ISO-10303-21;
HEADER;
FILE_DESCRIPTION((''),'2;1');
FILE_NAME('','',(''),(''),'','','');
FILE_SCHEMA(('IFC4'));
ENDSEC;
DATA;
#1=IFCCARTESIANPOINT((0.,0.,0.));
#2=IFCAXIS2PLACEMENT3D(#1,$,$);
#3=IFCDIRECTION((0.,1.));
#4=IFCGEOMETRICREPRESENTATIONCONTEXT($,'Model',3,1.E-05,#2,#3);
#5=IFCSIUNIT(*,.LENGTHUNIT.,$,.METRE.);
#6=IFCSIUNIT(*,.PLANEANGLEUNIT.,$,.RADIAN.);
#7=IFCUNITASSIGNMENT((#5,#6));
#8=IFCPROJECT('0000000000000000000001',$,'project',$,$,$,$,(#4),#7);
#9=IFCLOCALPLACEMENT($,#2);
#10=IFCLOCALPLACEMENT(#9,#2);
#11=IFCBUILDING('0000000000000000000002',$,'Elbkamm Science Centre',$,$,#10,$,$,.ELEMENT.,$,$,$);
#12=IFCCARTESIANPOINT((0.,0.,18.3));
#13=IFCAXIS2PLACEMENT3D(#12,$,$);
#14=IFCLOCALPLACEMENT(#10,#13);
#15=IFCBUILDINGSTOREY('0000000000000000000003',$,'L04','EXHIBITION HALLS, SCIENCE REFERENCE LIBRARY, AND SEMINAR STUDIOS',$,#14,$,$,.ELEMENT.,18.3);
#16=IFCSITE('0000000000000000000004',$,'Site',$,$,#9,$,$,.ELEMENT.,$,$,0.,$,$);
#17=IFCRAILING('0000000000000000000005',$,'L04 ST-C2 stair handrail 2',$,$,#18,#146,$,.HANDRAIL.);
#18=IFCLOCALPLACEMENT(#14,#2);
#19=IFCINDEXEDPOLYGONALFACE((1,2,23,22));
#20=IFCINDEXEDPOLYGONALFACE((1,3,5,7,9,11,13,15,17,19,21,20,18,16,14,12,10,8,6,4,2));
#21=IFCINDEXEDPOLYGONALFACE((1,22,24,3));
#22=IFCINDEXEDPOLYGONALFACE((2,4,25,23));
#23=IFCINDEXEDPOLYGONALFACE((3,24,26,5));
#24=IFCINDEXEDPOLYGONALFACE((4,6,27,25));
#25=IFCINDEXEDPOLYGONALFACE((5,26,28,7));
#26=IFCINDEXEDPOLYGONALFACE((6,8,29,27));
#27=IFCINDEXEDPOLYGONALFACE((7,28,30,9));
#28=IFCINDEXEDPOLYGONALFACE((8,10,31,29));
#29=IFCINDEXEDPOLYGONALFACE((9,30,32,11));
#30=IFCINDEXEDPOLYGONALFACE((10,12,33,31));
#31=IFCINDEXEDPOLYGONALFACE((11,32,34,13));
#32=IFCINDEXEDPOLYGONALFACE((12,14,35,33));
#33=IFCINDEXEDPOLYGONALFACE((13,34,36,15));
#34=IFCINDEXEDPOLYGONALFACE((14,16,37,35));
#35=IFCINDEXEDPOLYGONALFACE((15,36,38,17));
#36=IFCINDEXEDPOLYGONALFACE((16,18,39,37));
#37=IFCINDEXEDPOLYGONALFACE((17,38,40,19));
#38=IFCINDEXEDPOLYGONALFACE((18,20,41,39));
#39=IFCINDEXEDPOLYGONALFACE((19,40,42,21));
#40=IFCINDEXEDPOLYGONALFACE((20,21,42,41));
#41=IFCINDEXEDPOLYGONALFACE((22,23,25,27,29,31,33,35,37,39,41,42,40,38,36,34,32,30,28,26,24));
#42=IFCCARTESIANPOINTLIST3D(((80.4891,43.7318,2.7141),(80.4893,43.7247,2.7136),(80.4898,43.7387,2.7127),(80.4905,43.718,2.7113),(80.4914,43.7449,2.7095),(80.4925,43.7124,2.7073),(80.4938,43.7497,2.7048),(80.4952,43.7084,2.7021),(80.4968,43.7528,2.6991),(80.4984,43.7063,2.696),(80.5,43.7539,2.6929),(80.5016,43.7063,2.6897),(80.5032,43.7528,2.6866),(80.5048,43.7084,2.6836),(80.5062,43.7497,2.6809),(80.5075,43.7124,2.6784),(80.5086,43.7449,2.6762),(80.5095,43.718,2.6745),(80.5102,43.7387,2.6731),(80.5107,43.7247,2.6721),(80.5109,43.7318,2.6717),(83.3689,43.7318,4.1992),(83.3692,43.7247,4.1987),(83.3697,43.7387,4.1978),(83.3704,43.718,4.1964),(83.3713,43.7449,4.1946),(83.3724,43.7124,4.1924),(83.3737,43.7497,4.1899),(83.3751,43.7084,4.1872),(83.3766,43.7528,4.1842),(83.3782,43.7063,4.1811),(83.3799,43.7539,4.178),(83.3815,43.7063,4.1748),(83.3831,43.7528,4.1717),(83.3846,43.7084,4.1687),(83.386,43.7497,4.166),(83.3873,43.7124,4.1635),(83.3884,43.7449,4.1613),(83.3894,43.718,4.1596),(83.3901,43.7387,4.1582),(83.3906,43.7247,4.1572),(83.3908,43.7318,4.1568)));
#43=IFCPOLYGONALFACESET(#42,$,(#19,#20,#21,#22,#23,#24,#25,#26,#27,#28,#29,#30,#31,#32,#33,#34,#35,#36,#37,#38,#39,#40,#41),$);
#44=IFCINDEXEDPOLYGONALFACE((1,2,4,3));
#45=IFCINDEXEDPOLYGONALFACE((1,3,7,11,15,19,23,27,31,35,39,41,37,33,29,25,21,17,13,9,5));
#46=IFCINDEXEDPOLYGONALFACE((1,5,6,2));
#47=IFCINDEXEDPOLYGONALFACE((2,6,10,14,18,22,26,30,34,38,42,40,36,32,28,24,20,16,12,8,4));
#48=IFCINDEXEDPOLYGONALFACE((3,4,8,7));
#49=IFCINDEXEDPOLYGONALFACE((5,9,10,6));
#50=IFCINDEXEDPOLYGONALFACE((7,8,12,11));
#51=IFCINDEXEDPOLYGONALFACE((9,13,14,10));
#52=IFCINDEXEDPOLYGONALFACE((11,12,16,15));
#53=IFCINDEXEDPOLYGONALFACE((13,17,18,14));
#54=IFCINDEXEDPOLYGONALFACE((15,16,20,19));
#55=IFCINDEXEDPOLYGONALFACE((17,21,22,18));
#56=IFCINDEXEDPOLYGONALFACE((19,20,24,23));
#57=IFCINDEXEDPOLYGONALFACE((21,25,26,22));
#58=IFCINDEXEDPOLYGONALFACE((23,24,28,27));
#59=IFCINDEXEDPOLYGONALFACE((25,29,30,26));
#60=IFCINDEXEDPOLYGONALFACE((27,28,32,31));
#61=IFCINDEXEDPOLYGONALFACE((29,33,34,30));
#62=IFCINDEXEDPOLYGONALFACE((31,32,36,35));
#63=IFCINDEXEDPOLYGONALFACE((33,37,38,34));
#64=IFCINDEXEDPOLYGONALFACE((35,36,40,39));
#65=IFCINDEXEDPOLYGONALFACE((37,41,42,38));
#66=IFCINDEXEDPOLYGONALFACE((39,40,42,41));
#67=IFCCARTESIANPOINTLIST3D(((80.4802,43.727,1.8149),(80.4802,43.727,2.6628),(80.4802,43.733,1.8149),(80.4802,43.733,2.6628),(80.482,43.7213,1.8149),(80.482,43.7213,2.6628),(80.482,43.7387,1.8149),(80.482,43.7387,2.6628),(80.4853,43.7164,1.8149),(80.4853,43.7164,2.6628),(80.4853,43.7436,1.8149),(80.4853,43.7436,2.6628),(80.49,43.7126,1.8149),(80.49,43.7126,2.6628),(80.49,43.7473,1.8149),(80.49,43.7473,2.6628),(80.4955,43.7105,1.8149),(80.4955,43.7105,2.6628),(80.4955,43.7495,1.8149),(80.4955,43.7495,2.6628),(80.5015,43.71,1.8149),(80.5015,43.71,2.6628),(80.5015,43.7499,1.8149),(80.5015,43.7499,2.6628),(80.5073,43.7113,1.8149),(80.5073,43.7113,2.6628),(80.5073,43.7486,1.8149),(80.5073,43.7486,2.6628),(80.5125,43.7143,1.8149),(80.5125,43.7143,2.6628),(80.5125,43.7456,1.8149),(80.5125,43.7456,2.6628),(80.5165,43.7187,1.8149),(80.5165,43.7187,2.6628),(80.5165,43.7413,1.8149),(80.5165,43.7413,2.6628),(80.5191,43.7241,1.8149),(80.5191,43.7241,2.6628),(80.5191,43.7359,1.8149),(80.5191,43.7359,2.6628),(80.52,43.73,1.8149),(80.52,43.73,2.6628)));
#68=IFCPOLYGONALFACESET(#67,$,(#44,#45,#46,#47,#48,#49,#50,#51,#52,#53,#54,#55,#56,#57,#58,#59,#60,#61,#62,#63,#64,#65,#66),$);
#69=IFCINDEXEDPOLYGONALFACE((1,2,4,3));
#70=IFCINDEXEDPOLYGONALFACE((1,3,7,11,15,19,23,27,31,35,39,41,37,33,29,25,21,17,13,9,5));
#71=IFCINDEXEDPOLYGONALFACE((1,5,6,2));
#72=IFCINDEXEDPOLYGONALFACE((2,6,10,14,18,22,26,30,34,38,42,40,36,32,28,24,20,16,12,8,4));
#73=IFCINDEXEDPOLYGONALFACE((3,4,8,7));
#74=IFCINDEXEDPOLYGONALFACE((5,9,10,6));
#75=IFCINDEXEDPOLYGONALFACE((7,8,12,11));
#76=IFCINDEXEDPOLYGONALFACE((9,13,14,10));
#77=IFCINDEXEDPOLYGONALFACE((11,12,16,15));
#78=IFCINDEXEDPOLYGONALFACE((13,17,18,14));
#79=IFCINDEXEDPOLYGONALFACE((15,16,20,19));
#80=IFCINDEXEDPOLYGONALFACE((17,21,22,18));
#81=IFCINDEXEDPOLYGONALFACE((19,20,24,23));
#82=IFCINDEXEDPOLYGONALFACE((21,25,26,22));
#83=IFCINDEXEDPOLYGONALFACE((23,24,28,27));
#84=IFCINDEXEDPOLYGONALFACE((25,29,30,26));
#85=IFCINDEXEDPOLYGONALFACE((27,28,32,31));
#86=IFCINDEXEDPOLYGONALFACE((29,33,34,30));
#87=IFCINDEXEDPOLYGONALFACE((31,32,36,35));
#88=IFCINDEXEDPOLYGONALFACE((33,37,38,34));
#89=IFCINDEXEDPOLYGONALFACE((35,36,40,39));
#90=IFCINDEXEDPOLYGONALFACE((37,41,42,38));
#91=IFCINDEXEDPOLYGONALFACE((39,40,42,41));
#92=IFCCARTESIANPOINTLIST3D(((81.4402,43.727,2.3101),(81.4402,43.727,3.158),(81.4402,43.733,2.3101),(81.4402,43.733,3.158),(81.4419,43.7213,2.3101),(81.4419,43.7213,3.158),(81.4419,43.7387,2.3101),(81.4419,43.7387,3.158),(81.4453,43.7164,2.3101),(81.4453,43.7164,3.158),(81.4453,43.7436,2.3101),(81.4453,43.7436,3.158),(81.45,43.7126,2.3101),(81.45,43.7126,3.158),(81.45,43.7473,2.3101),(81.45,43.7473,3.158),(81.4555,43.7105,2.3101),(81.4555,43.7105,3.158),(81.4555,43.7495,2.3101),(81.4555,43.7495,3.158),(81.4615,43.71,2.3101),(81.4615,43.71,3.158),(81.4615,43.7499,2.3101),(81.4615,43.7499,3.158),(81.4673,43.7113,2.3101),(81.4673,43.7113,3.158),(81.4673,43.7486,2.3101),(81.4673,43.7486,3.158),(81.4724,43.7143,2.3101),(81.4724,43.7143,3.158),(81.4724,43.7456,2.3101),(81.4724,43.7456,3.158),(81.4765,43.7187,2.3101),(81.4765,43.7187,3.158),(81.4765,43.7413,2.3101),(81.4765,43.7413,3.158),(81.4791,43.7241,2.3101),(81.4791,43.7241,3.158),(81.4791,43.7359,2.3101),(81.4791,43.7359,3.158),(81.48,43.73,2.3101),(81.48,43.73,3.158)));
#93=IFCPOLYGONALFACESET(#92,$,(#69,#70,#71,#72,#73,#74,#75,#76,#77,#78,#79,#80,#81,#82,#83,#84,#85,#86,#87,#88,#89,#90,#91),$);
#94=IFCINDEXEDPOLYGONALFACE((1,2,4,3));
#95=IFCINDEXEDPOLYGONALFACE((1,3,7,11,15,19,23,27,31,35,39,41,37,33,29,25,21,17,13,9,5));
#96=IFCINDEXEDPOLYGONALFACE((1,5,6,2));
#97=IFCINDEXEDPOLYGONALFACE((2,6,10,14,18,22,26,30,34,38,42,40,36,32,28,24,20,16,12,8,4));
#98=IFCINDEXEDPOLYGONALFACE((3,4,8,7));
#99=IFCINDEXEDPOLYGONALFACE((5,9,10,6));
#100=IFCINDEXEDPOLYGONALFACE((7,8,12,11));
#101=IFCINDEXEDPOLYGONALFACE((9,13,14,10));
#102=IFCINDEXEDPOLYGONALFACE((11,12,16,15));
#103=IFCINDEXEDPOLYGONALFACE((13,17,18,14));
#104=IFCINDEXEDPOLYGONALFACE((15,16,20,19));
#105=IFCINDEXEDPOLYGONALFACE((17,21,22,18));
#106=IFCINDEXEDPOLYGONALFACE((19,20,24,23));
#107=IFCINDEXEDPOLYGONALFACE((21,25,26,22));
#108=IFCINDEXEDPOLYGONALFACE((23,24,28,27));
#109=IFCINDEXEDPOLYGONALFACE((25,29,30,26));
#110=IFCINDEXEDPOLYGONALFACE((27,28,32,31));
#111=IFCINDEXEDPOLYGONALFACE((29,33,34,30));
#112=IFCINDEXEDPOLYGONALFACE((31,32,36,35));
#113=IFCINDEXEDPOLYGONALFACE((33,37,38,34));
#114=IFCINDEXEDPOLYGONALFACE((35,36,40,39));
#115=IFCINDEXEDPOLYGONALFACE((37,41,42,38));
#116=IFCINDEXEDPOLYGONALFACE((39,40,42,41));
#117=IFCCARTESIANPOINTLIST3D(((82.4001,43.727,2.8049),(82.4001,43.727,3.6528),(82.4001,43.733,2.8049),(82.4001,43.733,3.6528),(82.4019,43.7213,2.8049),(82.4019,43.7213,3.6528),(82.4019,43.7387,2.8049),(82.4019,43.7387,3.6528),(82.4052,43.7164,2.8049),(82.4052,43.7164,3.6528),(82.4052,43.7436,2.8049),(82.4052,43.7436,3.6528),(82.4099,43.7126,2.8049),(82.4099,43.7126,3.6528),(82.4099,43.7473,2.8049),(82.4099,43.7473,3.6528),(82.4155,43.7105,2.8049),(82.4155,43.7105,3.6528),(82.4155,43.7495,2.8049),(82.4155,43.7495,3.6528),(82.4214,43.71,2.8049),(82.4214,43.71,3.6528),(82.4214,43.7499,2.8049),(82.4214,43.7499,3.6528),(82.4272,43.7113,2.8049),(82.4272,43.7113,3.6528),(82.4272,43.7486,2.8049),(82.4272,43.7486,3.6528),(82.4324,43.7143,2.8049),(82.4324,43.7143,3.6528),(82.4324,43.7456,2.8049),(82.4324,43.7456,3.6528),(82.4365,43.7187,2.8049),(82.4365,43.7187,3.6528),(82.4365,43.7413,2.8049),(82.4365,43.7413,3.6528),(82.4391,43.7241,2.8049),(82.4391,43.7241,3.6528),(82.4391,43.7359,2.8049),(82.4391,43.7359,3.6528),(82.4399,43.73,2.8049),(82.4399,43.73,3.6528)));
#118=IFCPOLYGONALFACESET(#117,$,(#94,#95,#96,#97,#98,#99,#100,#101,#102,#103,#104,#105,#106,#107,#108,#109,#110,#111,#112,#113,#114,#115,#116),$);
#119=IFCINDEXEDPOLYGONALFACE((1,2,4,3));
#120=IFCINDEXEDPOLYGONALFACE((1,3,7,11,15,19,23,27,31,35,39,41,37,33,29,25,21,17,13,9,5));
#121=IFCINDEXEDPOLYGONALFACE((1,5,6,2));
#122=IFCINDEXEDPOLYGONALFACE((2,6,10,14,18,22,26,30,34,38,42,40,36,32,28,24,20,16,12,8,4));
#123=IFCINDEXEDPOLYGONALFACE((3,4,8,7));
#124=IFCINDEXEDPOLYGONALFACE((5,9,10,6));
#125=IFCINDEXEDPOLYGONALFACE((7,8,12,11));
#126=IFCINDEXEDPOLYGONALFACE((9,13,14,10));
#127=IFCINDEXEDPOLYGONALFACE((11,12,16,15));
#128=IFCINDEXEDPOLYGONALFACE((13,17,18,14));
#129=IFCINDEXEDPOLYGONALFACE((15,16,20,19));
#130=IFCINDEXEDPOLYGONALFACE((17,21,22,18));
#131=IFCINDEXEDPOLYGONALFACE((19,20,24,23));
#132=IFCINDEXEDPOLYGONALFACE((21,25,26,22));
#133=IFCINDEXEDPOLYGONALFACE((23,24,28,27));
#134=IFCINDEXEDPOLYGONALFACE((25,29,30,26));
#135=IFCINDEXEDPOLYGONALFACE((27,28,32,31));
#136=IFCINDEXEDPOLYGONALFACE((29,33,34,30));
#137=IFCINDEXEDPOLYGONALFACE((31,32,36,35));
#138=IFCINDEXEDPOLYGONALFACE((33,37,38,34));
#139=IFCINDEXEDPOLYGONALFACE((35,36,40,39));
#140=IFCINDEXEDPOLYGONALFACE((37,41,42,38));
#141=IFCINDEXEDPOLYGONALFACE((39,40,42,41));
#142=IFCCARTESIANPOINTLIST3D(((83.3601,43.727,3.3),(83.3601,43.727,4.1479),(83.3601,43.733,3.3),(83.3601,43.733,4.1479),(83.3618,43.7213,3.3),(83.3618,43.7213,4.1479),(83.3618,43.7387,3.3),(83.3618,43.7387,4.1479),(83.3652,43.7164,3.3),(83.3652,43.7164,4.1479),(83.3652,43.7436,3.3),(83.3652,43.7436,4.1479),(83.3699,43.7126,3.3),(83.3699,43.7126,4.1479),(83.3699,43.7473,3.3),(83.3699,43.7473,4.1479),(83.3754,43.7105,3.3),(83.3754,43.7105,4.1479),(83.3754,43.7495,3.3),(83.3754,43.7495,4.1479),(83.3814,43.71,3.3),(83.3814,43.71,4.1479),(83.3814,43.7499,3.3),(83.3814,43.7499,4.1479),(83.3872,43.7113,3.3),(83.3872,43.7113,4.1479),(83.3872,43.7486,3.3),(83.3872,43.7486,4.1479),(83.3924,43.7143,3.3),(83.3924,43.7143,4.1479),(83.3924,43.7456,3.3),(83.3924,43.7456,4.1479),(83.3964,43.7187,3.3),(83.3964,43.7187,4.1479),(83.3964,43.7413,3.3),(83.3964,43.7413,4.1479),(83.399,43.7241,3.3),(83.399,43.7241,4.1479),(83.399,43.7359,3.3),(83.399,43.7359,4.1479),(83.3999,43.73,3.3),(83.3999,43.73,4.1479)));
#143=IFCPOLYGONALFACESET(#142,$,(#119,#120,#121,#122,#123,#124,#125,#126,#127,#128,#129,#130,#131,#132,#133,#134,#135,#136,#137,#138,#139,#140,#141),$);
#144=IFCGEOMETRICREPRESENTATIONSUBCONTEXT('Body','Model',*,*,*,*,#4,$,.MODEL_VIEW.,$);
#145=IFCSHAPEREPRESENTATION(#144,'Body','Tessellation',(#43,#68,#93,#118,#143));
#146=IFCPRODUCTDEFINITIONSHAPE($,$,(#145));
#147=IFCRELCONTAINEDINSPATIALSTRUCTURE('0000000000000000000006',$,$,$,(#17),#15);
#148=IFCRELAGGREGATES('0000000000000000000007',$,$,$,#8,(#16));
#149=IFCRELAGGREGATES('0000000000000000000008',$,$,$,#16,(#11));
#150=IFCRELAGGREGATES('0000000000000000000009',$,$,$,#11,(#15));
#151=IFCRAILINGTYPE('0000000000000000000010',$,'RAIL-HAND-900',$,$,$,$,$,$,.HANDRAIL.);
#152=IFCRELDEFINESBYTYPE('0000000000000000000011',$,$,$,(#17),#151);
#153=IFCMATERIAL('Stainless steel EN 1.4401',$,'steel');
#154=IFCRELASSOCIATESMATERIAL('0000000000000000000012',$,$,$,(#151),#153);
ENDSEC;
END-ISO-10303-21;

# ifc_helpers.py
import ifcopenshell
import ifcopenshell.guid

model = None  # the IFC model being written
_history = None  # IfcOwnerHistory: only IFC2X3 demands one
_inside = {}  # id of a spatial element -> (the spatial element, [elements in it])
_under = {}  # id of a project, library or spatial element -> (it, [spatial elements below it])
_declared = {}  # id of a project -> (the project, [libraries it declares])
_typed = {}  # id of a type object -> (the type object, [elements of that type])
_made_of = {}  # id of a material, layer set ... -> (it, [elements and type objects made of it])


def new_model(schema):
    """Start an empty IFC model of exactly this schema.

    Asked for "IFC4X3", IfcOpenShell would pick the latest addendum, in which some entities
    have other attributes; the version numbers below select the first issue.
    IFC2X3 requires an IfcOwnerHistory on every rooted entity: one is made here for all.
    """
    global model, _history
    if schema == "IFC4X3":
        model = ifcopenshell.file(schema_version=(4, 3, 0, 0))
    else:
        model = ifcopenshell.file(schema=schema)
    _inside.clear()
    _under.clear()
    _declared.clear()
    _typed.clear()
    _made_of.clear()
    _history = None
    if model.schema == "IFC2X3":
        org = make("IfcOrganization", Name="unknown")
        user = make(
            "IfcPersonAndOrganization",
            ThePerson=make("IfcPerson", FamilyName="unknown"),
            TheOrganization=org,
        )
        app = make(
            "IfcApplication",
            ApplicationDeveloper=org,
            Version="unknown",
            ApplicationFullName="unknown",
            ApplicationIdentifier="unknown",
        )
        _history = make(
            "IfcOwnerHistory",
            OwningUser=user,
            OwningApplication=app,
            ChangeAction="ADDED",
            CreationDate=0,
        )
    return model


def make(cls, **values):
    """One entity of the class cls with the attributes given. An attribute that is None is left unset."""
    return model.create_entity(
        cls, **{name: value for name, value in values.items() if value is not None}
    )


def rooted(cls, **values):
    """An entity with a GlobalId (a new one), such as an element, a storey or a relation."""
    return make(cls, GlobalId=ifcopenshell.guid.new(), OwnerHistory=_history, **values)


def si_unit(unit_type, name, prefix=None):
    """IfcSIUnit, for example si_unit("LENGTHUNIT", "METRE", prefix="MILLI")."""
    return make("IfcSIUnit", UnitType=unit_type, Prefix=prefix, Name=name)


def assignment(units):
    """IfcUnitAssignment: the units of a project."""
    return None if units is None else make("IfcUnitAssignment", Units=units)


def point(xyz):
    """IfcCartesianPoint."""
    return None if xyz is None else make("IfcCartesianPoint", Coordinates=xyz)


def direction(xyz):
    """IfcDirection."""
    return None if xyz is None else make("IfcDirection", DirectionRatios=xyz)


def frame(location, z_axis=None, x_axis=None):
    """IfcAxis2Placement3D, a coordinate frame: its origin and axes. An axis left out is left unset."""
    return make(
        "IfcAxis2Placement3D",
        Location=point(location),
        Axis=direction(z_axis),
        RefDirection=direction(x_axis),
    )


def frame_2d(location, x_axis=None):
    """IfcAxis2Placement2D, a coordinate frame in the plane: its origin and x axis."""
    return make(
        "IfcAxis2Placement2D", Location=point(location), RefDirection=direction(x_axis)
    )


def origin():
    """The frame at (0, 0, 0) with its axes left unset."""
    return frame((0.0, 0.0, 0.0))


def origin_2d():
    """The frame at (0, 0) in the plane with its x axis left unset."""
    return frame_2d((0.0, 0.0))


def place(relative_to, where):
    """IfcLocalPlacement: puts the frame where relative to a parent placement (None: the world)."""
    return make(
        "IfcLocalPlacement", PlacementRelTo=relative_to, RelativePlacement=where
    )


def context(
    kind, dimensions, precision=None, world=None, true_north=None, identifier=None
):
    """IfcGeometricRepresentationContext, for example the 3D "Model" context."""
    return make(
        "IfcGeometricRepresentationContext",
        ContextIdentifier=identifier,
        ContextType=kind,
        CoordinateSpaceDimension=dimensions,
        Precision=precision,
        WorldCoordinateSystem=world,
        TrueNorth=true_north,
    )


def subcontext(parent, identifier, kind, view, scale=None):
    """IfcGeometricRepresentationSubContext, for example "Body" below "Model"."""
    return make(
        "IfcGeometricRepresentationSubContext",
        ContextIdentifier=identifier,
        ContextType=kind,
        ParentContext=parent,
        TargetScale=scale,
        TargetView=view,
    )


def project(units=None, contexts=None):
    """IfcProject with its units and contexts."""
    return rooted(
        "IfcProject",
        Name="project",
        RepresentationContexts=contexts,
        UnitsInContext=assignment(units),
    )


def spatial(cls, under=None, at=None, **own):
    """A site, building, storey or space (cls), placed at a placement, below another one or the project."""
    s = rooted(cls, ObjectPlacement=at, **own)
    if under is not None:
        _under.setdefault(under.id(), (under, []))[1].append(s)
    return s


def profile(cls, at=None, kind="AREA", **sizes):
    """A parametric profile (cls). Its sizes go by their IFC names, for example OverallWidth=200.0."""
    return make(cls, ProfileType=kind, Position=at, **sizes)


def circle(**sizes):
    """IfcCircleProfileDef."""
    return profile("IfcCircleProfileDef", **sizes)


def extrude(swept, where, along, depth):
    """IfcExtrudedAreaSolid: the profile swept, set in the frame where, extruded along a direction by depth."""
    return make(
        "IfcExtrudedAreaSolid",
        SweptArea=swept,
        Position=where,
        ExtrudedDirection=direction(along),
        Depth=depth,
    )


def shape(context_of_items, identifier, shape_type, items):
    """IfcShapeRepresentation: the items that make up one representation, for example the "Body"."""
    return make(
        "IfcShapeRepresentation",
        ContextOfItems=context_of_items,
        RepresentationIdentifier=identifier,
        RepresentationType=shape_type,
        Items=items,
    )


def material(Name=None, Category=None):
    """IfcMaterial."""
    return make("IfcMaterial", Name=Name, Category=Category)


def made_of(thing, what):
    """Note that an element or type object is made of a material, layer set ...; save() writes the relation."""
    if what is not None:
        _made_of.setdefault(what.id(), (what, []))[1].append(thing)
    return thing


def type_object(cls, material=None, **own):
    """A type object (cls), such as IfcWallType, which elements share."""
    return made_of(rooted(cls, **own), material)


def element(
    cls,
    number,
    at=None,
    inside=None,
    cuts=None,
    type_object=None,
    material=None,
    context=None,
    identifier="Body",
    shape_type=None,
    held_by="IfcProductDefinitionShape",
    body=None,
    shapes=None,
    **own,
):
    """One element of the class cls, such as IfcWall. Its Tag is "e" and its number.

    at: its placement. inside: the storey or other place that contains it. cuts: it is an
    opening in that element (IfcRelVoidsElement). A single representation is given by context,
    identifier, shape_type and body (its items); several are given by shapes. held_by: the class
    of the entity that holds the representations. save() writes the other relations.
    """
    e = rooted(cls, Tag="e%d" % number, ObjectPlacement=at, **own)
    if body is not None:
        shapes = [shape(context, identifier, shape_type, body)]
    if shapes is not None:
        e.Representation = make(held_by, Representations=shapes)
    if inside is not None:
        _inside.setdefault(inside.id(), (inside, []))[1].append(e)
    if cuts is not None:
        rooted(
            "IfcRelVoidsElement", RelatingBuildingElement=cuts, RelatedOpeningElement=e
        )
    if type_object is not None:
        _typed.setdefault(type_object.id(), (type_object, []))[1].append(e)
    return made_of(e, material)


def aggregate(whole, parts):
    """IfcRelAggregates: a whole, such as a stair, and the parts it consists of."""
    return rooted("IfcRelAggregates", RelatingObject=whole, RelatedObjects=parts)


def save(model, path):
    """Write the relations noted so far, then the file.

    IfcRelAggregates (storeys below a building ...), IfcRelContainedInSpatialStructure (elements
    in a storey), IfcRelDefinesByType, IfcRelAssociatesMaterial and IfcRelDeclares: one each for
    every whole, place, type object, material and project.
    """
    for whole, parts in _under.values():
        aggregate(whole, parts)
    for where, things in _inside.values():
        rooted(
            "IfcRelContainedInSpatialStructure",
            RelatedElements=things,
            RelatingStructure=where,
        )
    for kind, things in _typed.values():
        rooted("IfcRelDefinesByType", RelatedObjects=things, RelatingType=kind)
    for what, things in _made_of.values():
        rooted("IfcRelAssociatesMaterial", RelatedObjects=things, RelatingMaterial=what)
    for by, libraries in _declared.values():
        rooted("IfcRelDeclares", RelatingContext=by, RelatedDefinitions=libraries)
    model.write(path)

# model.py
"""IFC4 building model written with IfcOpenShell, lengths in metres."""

from ifc_helpers import new_model, si_unit, direction, frame, origin, origin_2d, place, context, subcontext, project, spatial, circle, extrude, material, type_object, element, save


model = new_model("IFC4")

# Units and contexts
model_context = context("Model", 3, precision=1e-05, world=origin(), true_north=direction((0.0, 1.0)))
body_context = subcontext(model_context, "Body", "Model", "MODEL_VIEW")
ifc_project = project(units=[si_unit("LENGTHUNIT", "METRE"), si_unit("PLANEANGLEUNIT", "RADIAN")], contexts=[model_context])

# Site, building, storey
site_placement = place(None, origin())
site = spatial("IfcSite", under=ifc_project, at=site_placement, Name="Site", CompositionType="ELEMENT", RefElevation=0.0)
building_placement = place(site_placement, origin())
building = spatial("IfcBuilding", under=site, at=building_placement, Name="Elbkamm Science Centre", CompositionType="ELEMENT")
storey_placement = place(building_placement, frame((0.0, 0.0, 18.3)))
storey = spatial("IfcBuildingStorey", under=building, at=storey_placement, Name="L04", Description="EXHIBITION HALLS, SCIENCE REFERENCE LIBRARY, AND SEMINAR STUDIOS", CompositionType="ELEMENT", Elevation=18.3)

# Railing
ifc_material_1 = material(Name="Stainless steel EN 1.4401", Category="steel")
railing_type_1 = type_object("IfcRailingType", Name="RAIL-HAND-900", PredefinedType="HANDRAIL", material=ifc_material_1)
railing_1_placement = place(storey_placement, frame((80.5, 43.73, 1.8149)))
element("IfcRailing", 1, at=railing_1_placement, inside=storey, type_object=railing_type_1, Name="L04 ST-C2 stair handrail 2", PredefinedType="HANDRAIL", context=body_context, shape_type="SweptSolid", body=[
    extrude(circle(Radius=0.0239, at=origin_2d()), frame((0.0, 0.0, 0.8779), z_axis=(0.888782, 0.0, 0.45833), x_axis=(0.0, 1.0, 0.0)), (0.0, 0.0, 1.0), 3.2402),
    extrude(circle(Radius=0.02, at=origin_2d()), origin(), (0.0, 0.0, 1.0), 0.8479),
    extrude(circle(Radius=0.02, at=origin_2d()), frame((0.96, 0.0, 0.4951)), (0.0, 0.0, 1.0), 0.8479),
    extrude(circle(Radius=0.02, at=origin_2d()), frame((1.9199, 0.0, 0.99)), (0.0, 0.0, 1.0), 0.8479),
    extrude(circle(Radius=0.02, at=origin_2d()), frame((2.8799, 0.0, 1.4851)), (0.0, 0.0, 1.0), 0.8479),
])

save(model, "model.ifc")
